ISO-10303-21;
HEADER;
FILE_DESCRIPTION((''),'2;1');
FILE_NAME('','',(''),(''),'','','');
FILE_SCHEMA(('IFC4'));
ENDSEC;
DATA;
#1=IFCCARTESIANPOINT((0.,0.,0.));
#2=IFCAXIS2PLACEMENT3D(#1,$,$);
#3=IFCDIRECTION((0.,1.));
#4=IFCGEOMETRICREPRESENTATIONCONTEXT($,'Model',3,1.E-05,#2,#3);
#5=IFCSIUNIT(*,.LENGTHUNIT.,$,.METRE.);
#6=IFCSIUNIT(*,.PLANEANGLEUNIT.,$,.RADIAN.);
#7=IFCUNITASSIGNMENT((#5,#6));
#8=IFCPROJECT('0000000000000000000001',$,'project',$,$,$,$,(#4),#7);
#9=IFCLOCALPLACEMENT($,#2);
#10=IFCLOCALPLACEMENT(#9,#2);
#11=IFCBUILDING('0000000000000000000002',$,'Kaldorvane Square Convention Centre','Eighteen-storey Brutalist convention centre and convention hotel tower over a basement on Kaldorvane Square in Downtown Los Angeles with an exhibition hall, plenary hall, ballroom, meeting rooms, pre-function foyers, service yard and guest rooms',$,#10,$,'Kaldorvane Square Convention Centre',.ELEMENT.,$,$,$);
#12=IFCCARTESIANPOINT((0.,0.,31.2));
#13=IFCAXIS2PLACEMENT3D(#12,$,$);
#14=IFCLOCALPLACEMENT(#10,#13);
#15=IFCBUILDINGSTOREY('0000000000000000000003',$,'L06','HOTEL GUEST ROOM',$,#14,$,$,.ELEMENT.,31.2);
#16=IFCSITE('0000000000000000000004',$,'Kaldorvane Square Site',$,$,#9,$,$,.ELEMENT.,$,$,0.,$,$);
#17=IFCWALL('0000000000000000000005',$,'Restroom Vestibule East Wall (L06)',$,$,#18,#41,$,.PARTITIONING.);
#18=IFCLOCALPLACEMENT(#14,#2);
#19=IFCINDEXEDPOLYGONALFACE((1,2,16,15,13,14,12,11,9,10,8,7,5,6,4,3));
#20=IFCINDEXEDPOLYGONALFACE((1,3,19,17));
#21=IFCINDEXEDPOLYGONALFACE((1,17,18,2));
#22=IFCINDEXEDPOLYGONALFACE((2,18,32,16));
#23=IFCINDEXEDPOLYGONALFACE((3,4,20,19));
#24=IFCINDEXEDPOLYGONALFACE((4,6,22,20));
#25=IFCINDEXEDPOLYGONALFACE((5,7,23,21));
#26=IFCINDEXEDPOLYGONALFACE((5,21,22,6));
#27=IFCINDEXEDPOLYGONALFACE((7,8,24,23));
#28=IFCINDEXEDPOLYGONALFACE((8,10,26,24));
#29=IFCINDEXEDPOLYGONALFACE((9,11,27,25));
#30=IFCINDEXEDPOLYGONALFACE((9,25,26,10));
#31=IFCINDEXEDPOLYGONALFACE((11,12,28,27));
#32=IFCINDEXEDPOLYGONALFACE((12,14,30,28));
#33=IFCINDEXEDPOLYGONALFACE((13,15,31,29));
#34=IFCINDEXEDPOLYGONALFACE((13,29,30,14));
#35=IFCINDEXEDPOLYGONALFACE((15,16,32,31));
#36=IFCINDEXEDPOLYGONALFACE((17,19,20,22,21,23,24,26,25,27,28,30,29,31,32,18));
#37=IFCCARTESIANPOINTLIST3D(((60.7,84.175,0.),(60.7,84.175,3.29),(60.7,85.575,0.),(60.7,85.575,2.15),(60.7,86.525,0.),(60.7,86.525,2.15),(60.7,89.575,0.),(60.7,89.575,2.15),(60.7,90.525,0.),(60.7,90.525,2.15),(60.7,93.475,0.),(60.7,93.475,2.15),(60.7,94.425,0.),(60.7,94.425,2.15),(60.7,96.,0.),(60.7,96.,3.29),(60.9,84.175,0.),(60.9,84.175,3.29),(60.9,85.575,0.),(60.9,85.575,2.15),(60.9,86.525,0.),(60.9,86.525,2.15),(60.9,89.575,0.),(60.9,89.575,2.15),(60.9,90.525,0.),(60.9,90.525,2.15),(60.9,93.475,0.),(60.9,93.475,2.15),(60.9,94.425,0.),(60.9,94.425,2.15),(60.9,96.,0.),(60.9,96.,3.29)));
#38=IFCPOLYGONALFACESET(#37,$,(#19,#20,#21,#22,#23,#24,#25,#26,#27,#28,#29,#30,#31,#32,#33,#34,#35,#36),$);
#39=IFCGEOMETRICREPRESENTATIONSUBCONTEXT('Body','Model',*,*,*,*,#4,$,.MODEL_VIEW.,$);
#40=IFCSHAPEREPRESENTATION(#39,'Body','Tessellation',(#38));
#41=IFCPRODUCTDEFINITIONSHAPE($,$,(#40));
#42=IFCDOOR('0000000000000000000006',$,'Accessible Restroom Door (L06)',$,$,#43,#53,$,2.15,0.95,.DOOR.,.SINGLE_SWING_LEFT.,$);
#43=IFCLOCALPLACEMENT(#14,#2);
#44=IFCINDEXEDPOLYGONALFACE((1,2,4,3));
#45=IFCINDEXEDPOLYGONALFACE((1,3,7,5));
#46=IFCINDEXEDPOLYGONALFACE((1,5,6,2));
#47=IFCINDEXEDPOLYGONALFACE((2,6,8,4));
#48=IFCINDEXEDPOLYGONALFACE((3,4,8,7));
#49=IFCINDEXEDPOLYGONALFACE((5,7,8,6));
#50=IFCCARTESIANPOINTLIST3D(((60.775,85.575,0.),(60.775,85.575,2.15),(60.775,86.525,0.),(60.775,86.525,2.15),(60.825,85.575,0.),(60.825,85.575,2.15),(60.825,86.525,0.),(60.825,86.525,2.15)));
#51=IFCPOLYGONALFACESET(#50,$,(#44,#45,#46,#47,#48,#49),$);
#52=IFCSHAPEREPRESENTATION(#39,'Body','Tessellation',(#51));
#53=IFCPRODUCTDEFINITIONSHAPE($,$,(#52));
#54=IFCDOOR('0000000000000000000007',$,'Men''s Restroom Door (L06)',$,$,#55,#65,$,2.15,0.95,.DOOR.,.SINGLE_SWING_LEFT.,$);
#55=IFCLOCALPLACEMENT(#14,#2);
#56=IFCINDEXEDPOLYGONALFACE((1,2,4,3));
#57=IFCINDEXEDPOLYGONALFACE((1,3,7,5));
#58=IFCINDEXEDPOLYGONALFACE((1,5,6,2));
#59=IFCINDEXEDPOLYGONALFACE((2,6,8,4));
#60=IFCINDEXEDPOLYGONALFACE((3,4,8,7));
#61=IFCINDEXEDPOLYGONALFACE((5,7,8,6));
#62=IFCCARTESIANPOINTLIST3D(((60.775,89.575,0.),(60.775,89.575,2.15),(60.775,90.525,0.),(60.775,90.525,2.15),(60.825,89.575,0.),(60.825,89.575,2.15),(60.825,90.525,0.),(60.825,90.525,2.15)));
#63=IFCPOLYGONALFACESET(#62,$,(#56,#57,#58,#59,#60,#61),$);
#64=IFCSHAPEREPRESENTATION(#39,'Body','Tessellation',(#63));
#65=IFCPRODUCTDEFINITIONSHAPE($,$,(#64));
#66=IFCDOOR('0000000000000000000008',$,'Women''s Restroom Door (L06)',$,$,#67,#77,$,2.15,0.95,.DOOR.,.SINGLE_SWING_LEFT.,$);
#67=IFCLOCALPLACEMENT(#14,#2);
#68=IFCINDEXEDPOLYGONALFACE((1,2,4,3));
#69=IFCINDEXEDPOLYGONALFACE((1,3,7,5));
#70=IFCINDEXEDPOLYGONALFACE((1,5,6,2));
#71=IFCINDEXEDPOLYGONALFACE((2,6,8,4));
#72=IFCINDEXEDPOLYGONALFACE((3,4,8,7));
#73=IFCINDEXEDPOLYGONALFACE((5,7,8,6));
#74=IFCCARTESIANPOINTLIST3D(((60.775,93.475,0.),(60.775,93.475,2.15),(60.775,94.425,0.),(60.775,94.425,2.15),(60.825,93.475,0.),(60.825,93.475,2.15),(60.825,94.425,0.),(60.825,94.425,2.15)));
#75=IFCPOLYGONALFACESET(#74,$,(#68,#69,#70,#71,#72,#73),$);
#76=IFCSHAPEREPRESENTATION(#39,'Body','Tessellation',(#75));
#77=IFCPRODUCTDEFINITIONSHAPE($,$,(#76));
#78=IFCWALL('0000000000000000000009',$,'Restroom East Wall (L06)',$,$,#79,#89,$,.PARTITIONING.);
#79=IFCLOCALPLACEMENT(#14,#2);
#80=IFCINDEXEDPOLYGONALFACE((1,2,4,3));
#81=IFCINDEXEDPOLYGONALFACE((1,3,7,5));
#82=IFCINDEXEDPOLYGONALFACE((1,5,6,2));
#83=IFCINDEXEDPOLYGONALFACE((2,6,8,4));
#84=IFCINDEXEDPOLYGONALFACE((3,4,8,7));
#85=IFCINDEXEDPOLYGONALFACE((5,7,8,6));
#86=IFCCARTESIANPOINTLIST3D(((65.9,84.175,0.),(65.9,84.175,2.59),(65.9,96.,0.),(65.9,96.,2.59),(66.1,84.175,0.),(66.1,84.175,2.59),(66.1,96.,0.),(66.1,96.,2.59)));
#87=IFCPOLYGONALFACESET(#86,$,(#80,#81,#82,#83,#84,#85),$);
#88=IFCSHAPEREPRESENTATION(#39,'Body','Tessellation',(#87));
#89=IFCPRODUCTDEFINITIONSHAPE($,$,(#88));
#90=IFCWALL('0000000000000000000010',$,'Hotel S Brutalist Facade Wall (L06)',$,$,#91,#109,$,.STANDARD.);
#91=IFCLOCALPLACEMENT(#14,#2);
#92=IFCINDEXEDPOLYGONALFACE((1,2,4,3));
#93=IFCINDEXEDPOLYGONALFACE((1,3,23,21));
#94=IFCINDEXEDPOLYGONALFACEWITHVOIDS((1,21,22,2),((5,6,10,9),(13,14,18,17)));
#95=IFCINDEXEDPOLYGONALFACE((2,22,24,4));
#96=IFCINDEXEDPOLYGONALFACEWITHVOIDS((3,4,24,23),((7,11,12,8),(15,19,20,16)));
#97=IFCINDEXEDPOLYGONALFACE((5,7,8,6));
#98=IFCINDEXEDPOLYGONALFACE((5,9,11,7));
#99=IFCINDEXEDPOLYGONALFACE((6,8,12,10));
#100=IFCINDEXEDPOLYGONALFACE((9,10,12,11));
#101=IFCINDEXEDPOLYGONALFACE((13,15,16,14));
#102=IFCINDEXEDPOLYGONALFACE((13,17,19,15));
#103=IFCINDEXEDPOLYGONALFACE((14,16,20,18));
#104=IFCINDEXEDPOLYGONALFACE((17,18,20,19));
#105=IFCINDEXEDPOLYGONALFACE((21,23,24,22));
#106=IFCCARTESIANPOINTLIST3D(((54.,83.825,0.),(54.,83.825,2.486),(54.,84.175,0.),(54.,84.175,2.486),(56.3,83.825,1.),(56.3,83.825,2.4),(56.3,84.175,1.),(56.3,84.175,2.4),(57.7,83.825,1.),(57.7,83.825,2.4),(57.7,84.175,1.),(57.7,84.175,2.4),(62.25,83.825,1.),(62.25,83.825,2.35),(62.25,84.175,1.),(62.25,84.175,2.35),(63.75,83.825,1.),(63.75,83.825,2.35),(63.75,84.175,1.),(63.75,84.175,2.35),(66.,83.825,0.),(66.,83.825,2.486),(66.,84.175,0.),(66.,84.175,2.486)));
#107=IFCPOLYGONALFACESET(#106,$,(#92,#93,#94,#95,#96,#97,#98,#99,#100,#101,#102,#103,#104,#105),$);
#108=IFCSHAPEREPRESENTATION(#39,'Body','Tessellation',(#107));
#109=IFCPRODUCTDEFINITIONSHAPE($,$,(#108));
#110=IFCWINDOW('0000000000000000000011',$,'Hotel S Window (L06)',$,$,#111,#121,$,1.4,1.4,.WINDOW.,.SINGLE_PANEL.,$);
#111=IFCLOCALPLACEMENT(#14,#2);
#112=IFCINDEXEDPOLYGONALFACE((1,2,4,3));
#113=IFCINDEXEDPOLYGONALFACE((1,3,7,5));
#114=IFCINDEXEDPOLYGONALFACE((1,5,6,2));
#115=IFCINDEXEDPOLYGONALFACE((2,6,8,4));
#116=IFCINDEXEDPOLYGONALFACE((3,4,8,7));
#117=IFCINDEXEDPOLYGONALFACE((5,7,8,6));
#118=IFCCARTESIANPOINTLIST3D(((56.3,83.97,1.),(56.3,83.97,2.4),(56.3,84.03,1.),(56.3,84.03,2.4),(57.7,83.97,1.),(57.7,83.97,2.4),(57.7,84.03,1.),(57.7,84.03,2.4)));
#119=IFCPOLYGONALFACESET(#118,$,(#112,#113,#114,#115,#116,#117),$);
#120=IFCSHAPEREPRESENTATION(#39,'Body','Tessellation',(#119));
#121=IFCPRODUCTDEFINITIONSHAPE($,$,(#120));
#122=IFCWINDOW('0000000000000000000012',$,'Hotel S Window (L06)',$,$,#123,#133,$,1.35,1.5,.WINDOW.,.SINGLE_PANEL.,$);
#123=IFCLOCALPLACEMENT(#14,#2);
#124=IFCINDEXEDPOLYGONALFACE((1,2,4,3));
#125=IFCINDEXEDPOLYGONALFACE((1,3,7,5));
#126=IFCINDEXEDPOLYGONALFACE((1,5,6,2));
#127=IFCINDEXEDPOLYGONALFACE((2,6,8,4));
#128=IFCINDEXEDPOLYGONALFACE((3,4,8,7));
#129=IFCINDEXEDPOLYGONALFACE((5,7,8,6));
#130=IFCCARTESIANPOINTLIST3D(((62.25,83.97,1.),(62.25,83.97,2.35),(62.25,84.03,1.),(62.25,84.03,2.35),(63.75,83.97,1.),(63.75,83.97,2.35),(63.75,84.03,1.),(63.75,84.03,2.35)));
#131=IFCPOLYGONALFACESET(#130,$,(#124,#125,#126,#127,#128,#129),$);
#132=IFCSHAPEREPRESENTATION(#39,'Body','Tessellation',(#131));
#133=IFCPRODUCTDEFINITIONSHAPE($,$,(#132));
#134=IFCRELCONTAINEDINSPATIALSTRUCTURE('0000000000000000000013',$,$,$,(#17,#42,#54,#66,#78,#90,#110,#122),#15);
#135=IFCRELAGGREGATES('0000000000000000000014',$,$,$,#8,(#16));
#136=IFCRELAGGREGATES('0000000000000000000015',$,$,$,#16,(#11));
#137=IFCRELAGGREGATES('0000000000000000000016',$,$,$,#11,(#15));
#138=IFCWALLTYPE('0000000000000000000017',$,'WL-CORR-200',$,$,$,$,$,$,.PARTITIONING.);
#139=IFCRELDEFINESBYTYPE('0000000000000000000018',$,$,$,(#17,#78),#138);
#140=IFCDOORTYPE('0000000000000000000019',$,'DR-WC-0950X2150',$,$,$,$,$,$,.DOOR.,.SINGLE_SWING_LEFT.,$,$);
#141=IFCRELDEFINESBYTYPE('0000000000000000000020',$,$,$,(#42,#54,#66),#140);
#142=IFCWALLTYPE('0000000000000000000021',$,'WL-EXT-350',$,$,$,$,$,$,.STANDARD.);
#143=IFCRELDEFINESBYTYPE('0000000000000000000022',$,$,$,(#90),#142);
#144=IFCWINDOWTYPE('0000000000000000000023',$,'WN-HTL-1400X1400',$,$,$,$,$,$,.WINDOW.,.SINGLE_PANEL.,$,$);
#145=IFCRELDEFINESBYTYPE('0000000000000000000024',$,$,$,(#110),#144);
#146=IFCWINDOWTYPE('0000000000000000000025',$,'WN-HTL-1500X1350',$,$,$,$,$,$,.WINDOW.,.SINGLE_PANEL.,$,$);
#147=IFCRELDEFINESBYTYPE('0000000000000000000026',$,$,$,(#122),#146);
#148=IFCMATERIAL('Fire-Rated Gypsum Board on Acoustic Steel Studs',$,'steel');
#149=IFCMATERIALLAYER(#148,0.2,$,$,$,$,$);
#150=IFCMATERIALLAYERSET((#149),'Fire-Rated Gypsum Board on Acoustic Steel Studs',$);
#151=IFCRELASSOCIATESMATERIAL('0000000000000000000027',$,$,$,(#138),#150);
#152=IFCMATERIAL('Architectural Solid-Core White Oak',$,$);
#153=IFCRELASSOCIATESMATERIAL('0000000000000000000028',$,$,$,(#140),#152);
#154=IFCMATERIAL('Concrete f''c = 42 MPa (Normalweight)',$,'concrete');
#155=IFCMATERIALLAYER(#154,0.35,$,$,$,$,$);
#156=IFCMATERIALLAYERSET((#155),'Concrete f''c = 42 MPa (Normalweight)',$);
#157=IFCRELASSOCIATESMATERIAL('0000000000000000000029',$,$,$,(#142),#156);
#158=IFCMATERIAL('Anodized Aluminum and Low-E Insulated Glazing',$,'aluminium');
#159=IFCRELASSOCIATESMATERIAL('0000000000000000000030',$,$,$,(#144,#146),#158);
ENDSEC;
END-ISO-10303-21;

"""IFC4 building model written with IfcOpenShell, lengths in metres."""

from ifc_helpers import new_model, si_unit, direction, frame, frame_2d, origin, place, context, subcontext, project, spatial, rectangle, extrude, material, layer, layer_set, type_object, element, fill, save


model = new_model("IFC4")

# Units and contexts
model_context = context("Model", 3, precision=1e-05, world=origin(), true_north=direction((0.0, 1.0)))
body_context = subcontext(model_context, "Body", "Model", "MODEL_VIEW")
ifc_project = project(units=[si_unit("LENGTHUNIT", "METRE"), si_unit("PLANEANGLEUNIT", "RADIAN")], contexts=[model_context])

# Site, building, storey
site_placement = place(None, origin())
site = spatial("IfcSite", under=ifc_project, at=site_placement, Name="Kaldorvane Square Site", CompositionType="ELEMENT", RefElevation=0.0)
building_placement = place(site_placement, origin())
building = spatial("IfcBuilding", under=site, at=building_placement, Name="Kaldorvane Square Convention Centre", Description="Eighteen-storey Brutalist convention centre and convention hotel tower over a basement on Kaldorvane Square in Downtown Los Angeles with an exhibition hall, plenary hall, ballroom, meeting rooms, pre-function foyers, service yard and guest rooms", LongName="Kaldorvane Square Convention Centre", CompositionType="ELEMENT")
storey_placement = place(building_placement, frame((0.0, 0.0, 31.2)))
storey = spatial("IfcBuildingStorey", under=building, at=storey_placement, Name="L06", Description="HOTEL GUEST ROOM", CompositionType="ELEMENT", Elevation=31.2)

# Shared definitions
ifc_material_1 = material(Name="Concrete f'c = 42 MPa (Normalweight)", Category="concrete")

# Shared definitions
ifc_material_2 = material(Name="Fire-Rated Gypsum Board on Acoustic Steel Studs", Category="steel")
ifc_layer_1 = layer(ifc_material_2, 0.2)
ifc_layer_set_1 = layer_set([ifc_layer_1], Name="Fire-Rated Gypsum Board on Acoustic Steel Studs")
wall_type_1 = type_object("IfcWallType", Name="WL-CORR-200", PredefinedType="PARTITIONING", material=ifc_layer_set_1)

# Wall, openings, doors
wall_1_placement = place(storey_placement, frame((60.8, 84.175, 0.0), z_axis=(0.0, 0.0, 1.0), x_axis=(0.0, 1.0, 0.0)))
wall_1 = element("IfcWall", 1, at=wall_1_placement, inside=storey, type_object=wall_type_1, Name="Restroom Vestibule East Wall (L06)", PredefinedType="PARTITIONING", context=body_context, shape_type="SweptSolid", body=[
    extrude(rectangle(XDim=11.825, YDim=0.2, at=frame_2d((5.9125, 0.0))), origin(), (0.0, 0.0, 1.0), 3.29),
])
opening_1_placement = place(wall_1_placement, frame((1.4, 0.0, 0.0)))
opening_1 = element("IfcOpeningElement", 2, at=opening_1_placement, cuts=wall_1, PredefinedType="OPENING", context=body_context, shape_type="SweptSolid", body=[
    extrude(rectangle(XDim=0.95, YDim=2.15, at=frame_2d((0.475, 1.075))), frame((0.0, 0.115, 0.0), z_axis=(0.0, -1.0, 0.0), x_axis=(1.0, 0.0, 0.0)), (0.0, 0.0, 1.0), 0.23),
])
opening_2_placement = place(wall_1_placement, frame((5.4, 0.0, 0.0)))
opening_2 = element("IfcOpeningElement", 3, at=opening_2_placement, cuts=wall_1, PredefinedType="OPENING", context=body_context, shape_type="SweptSolid", body=[
    extrude(rectangle(XDim=0.95, YDim=2.15, at=frame_2d((0.475, 1.075))), frame((0.0, 0.115, 0.0), z_axis=(0.0, -1.0, 0.0), x_axis=(1.0, 0.0, 0.0)), (0.0, 0.0, 1.0), 0.23),
])
opening_3_placement = place(wall_1_placement, frame((9.3, 0.0, 0.0)))
opening_3 = element("IfcOpeningElement", 4, at=opening_3_placement, cuts=wall_1, PredefinedType="OPENING", context=body_context, shape_type="SweptSolid", body=[
    extrude(rectangle(XDim=0.95, YDim=2.15, at=frame_2d((0.475, 1.075))), frame((0.0, 0.115, 0.0), z_axis=(0.0, -1.0, 0.0), x_axis=(1.0, 0.0, 0.0)), (0.0, 0.0, 1.0), 0.23),
])
ifc_material_3 = material(Name="Architectural Solid-Core White Oak")
door_type_1 = type_object("IfcDoorType", Name="DR-WC-0950X2150", OperationType="SINGLE_SWING_LEFT", PredefinedType="DOOR", material=ifc_material_3)
door_1_placement = place(opening_1_placement, origin())
door_1 = element("IfcDoor", 5, at=door_1_placement, inside=storey, type_object=door_type_1, Name="Accessible Restroom Door (L06)", OperationType="SINGLE_SWING_LEFT", OverallHeight=2.15, OverallWidth=0.95, PredefinedType="DOOR", context=body_context, shape_type="SweptSolid", body=[
    extrude(rectangle(XDim=0.95, YDim=2.15, at=frame_2d((0.475, 1.075))), frame((0.0, 0.025, 0.0), z_axis=(0.0, -1.0, 0.0), x_axis=(1.0, 0.0, 0.0)), (0.0, 0.0, 1.0), 0.05),
])
fill(opening_1, door_1)
door_2_placement = place(opening_2_placement, origin())
door_2 = element("IfcDoor", 6, at=door_2_placement, inside=storey, type_object=door_type_1, Name="Men's Restroom Door (L06)", OperationType="SINGLE_SWING_LEFT", OverallHeight=2.15, OverallWidth=0.95, PredefinedType="DOOR", context=body_context, shape_type="SweptSolid", body=[
    extrude(rectangle(XDim=0.95, YDim=2.15, at=frame_2d((0.475, 1.075))), frame((0.0, 0.025, 0.0), z_axis=(0.0, -1.0, 0.0), x_axis=(1.0, 0.0, 0.0)), (0.0, 0.0, 1.0), 0.05),
])
fill(opening_2, door_2)
door_3_placement = place(opening_3_placement, origin())
door_3 = element("IfcDoor", 7, at=door_3_placement, inside=storey, type_object=door_type_1, Name="Women's Restroom Door (L06)", OperationType="SINGLE_SWING_LEFT", OverallHeight=2.15, OverallWidth=0.95, PredefinedType="DOOR", context=body_context, shape_type="SweptSolid", body=[
    extrude(rectangle(XDim=0.95, YDim=2.15, at=frame_2d((0.475, 1.075))), frame((0.0, 0.025, 0.0), z_axis=(0.0, -1.0, 0.0), x_axis=(1.0, 0.0, 0.0)), (0.0, 0.0, 1.0), 0.05),
])
fill(opening_3, door_3)

# Wall
wall_2_placement = place(storey_placement, frame((66.0, 84.175, 0.0), z_axis=(0.0, 0.0, 1.0), x_axis=(0.0, 1.0, 0.0)))
element("IfcWall", 8, at=wall_2_placement, inside=storey, type_object=wall_type_1, Name="Restroom East Wall (L06)", PredefinedType="PARTITIONING", context=body_context, shape_type="SweptSolid", body=[
    extrude(rectangle(XDim=11.825, YDim=0.2, at=frame_2d((5.9125, 0.0))), origin(), (0.0, 0.0, 1.0), 2.59),
])

# Wall, openings, windows
ifc_layer_2 = layer(ifc_material_1, 0.35)
ifc_layer_set_2 = layer_set([ifc_layer_2], Name="Concrete f'c = 42 MPa (Normalweight)")
wall_type_2 = type_object("IfcWallType", Name="WL-EXT-350", PredefinedType="STANDARD", material=ifc_layer_set_2)
wall_3_placement = place(storey_placement, frame((54.0, 84.0, 0.0), z_axis=(0.0, 0.0, 1.0), x_axis=(1.0, 0.0, 0.0)))
wall_3 = element("IfcWall", 9, at=wall_3_placement, inside=storey, type_object=wall_type_2, Name="Hotel S Brutalist Facade Wall (L06)", PredefinedType="STANDARD", context=body_context, shape_type="SweptSolid", body=[
    extrude(rectangle(XDim=12.0, YDim=0.35, at=frame_2d((6.0, 0.0))), origin(), (0.0, 0.0, 1.0), 2.486),
])
opening_4_placement = place(wall_3_placement, frame((2.3, 0.0, 1.0)))
opening_4 = element("IfcOpeningElement", 10, at=opening_4_placement, cuts=wall_3, PredefinedType="OPENING", context=body_context, shape_type="SweptSolid", body=[
    extrude(rectangle(XDim=1.4, YDim=1.4, at=frame_2d((0.7, 0.7))), frame((0.0, 0.19, 0.0), z_axis=(0.0, -1.0, 0.0), x_axis=(1.0, 0.0, 0.0)), (0.0, 0.0, 1.0), 0.38),
])
opening_5_placement = place(wall_3_placement, frame((8.25, 0.0, 1.0)))
opening_5 = element("IfcOpeningElement", 11, at=opening_5_placement, cuts=wall_3, PredefinedType="OPENING", context=body_context, shape_type="SweptSolid", body=[
    extrude(rectangle(XDim=1.5, YDim=1.35, at=frame_2d((0.75, 0.675))), frame((0.0, 0.19, 0.0), z_axis=(0.0, -1.0, 0.0), x_axis=(1.0, 0.0, 0.0)), (0.0, 0.0, 1.0), 0.38),
])
ifc_material_4 = material(Name="Anodized Aluminum and Low-E Insulated Glazing", Category="aluminium")
window_type_1 = type_object("IfcWindowType", Name="WN-HTL-1400X1400", PartitioningType="SINGLE_PANEL", PredefinedType="WINDOW", material=ifc_material_4)
window_1_placement = place(opening_4_placement, origin())
window_1 = element("IfcWindow", 12, at=window_1_placement, inside=storey, type_object=window_type_1, Name="Hotel S Window (L06)", OverallHeight=1.4, OverallWidth=1.4, PartitioningType="SINGLE_PANEL", PredefinedType="WINDOW", context=body_context, shape_type="SweptSolid", body=[
    extrude(rectangle(XDim=1.4, YDim=1.4, at=frame_2d((0.7, 0.7))), frame((0.0, 0.03, 0.0), z_axis=(0.0, -1.0, 0.0), x_axis=(1.0, 0.0, 0.0)), (0.0, 0.0, 1.0), 0.06),
])
fill(opening_4, window_1)
window_type_2 = type_object("IfcWindowType", Name="WN-HTL-1500X1350", PartitioningType="SINGLE_PANEL", PredefinedType="WINDOW", material=ifc_material_4)
window_2_placement = place(opening_5_placement, origin())
window_2 = element("IfcWindow", 13, at=window_2_placement, inside=storey, type_object=window_type_2, Name="Hotel S Window (L06)", OverallHeight=1.35, OverallWidth=1.5, PartitioningType="SINGLE_PANEL", PredefinedType="WINDOW", context=body_context, shape_type="SweptSolid", body=[
    extrude(rectangle(XDim=1.5, YDim=1.35, at=frame_2d((0.75, 0.675))), frame((0.0, 0.03, 0.0), z_axis=(0.0, -1.0, 0.0), x_axis=(1.0, 0.0, 0.0)), (0.0, 0.0, 1.0), 0.06),
])
fill(opening_5, window_2)

save(model, "model.ifc")
